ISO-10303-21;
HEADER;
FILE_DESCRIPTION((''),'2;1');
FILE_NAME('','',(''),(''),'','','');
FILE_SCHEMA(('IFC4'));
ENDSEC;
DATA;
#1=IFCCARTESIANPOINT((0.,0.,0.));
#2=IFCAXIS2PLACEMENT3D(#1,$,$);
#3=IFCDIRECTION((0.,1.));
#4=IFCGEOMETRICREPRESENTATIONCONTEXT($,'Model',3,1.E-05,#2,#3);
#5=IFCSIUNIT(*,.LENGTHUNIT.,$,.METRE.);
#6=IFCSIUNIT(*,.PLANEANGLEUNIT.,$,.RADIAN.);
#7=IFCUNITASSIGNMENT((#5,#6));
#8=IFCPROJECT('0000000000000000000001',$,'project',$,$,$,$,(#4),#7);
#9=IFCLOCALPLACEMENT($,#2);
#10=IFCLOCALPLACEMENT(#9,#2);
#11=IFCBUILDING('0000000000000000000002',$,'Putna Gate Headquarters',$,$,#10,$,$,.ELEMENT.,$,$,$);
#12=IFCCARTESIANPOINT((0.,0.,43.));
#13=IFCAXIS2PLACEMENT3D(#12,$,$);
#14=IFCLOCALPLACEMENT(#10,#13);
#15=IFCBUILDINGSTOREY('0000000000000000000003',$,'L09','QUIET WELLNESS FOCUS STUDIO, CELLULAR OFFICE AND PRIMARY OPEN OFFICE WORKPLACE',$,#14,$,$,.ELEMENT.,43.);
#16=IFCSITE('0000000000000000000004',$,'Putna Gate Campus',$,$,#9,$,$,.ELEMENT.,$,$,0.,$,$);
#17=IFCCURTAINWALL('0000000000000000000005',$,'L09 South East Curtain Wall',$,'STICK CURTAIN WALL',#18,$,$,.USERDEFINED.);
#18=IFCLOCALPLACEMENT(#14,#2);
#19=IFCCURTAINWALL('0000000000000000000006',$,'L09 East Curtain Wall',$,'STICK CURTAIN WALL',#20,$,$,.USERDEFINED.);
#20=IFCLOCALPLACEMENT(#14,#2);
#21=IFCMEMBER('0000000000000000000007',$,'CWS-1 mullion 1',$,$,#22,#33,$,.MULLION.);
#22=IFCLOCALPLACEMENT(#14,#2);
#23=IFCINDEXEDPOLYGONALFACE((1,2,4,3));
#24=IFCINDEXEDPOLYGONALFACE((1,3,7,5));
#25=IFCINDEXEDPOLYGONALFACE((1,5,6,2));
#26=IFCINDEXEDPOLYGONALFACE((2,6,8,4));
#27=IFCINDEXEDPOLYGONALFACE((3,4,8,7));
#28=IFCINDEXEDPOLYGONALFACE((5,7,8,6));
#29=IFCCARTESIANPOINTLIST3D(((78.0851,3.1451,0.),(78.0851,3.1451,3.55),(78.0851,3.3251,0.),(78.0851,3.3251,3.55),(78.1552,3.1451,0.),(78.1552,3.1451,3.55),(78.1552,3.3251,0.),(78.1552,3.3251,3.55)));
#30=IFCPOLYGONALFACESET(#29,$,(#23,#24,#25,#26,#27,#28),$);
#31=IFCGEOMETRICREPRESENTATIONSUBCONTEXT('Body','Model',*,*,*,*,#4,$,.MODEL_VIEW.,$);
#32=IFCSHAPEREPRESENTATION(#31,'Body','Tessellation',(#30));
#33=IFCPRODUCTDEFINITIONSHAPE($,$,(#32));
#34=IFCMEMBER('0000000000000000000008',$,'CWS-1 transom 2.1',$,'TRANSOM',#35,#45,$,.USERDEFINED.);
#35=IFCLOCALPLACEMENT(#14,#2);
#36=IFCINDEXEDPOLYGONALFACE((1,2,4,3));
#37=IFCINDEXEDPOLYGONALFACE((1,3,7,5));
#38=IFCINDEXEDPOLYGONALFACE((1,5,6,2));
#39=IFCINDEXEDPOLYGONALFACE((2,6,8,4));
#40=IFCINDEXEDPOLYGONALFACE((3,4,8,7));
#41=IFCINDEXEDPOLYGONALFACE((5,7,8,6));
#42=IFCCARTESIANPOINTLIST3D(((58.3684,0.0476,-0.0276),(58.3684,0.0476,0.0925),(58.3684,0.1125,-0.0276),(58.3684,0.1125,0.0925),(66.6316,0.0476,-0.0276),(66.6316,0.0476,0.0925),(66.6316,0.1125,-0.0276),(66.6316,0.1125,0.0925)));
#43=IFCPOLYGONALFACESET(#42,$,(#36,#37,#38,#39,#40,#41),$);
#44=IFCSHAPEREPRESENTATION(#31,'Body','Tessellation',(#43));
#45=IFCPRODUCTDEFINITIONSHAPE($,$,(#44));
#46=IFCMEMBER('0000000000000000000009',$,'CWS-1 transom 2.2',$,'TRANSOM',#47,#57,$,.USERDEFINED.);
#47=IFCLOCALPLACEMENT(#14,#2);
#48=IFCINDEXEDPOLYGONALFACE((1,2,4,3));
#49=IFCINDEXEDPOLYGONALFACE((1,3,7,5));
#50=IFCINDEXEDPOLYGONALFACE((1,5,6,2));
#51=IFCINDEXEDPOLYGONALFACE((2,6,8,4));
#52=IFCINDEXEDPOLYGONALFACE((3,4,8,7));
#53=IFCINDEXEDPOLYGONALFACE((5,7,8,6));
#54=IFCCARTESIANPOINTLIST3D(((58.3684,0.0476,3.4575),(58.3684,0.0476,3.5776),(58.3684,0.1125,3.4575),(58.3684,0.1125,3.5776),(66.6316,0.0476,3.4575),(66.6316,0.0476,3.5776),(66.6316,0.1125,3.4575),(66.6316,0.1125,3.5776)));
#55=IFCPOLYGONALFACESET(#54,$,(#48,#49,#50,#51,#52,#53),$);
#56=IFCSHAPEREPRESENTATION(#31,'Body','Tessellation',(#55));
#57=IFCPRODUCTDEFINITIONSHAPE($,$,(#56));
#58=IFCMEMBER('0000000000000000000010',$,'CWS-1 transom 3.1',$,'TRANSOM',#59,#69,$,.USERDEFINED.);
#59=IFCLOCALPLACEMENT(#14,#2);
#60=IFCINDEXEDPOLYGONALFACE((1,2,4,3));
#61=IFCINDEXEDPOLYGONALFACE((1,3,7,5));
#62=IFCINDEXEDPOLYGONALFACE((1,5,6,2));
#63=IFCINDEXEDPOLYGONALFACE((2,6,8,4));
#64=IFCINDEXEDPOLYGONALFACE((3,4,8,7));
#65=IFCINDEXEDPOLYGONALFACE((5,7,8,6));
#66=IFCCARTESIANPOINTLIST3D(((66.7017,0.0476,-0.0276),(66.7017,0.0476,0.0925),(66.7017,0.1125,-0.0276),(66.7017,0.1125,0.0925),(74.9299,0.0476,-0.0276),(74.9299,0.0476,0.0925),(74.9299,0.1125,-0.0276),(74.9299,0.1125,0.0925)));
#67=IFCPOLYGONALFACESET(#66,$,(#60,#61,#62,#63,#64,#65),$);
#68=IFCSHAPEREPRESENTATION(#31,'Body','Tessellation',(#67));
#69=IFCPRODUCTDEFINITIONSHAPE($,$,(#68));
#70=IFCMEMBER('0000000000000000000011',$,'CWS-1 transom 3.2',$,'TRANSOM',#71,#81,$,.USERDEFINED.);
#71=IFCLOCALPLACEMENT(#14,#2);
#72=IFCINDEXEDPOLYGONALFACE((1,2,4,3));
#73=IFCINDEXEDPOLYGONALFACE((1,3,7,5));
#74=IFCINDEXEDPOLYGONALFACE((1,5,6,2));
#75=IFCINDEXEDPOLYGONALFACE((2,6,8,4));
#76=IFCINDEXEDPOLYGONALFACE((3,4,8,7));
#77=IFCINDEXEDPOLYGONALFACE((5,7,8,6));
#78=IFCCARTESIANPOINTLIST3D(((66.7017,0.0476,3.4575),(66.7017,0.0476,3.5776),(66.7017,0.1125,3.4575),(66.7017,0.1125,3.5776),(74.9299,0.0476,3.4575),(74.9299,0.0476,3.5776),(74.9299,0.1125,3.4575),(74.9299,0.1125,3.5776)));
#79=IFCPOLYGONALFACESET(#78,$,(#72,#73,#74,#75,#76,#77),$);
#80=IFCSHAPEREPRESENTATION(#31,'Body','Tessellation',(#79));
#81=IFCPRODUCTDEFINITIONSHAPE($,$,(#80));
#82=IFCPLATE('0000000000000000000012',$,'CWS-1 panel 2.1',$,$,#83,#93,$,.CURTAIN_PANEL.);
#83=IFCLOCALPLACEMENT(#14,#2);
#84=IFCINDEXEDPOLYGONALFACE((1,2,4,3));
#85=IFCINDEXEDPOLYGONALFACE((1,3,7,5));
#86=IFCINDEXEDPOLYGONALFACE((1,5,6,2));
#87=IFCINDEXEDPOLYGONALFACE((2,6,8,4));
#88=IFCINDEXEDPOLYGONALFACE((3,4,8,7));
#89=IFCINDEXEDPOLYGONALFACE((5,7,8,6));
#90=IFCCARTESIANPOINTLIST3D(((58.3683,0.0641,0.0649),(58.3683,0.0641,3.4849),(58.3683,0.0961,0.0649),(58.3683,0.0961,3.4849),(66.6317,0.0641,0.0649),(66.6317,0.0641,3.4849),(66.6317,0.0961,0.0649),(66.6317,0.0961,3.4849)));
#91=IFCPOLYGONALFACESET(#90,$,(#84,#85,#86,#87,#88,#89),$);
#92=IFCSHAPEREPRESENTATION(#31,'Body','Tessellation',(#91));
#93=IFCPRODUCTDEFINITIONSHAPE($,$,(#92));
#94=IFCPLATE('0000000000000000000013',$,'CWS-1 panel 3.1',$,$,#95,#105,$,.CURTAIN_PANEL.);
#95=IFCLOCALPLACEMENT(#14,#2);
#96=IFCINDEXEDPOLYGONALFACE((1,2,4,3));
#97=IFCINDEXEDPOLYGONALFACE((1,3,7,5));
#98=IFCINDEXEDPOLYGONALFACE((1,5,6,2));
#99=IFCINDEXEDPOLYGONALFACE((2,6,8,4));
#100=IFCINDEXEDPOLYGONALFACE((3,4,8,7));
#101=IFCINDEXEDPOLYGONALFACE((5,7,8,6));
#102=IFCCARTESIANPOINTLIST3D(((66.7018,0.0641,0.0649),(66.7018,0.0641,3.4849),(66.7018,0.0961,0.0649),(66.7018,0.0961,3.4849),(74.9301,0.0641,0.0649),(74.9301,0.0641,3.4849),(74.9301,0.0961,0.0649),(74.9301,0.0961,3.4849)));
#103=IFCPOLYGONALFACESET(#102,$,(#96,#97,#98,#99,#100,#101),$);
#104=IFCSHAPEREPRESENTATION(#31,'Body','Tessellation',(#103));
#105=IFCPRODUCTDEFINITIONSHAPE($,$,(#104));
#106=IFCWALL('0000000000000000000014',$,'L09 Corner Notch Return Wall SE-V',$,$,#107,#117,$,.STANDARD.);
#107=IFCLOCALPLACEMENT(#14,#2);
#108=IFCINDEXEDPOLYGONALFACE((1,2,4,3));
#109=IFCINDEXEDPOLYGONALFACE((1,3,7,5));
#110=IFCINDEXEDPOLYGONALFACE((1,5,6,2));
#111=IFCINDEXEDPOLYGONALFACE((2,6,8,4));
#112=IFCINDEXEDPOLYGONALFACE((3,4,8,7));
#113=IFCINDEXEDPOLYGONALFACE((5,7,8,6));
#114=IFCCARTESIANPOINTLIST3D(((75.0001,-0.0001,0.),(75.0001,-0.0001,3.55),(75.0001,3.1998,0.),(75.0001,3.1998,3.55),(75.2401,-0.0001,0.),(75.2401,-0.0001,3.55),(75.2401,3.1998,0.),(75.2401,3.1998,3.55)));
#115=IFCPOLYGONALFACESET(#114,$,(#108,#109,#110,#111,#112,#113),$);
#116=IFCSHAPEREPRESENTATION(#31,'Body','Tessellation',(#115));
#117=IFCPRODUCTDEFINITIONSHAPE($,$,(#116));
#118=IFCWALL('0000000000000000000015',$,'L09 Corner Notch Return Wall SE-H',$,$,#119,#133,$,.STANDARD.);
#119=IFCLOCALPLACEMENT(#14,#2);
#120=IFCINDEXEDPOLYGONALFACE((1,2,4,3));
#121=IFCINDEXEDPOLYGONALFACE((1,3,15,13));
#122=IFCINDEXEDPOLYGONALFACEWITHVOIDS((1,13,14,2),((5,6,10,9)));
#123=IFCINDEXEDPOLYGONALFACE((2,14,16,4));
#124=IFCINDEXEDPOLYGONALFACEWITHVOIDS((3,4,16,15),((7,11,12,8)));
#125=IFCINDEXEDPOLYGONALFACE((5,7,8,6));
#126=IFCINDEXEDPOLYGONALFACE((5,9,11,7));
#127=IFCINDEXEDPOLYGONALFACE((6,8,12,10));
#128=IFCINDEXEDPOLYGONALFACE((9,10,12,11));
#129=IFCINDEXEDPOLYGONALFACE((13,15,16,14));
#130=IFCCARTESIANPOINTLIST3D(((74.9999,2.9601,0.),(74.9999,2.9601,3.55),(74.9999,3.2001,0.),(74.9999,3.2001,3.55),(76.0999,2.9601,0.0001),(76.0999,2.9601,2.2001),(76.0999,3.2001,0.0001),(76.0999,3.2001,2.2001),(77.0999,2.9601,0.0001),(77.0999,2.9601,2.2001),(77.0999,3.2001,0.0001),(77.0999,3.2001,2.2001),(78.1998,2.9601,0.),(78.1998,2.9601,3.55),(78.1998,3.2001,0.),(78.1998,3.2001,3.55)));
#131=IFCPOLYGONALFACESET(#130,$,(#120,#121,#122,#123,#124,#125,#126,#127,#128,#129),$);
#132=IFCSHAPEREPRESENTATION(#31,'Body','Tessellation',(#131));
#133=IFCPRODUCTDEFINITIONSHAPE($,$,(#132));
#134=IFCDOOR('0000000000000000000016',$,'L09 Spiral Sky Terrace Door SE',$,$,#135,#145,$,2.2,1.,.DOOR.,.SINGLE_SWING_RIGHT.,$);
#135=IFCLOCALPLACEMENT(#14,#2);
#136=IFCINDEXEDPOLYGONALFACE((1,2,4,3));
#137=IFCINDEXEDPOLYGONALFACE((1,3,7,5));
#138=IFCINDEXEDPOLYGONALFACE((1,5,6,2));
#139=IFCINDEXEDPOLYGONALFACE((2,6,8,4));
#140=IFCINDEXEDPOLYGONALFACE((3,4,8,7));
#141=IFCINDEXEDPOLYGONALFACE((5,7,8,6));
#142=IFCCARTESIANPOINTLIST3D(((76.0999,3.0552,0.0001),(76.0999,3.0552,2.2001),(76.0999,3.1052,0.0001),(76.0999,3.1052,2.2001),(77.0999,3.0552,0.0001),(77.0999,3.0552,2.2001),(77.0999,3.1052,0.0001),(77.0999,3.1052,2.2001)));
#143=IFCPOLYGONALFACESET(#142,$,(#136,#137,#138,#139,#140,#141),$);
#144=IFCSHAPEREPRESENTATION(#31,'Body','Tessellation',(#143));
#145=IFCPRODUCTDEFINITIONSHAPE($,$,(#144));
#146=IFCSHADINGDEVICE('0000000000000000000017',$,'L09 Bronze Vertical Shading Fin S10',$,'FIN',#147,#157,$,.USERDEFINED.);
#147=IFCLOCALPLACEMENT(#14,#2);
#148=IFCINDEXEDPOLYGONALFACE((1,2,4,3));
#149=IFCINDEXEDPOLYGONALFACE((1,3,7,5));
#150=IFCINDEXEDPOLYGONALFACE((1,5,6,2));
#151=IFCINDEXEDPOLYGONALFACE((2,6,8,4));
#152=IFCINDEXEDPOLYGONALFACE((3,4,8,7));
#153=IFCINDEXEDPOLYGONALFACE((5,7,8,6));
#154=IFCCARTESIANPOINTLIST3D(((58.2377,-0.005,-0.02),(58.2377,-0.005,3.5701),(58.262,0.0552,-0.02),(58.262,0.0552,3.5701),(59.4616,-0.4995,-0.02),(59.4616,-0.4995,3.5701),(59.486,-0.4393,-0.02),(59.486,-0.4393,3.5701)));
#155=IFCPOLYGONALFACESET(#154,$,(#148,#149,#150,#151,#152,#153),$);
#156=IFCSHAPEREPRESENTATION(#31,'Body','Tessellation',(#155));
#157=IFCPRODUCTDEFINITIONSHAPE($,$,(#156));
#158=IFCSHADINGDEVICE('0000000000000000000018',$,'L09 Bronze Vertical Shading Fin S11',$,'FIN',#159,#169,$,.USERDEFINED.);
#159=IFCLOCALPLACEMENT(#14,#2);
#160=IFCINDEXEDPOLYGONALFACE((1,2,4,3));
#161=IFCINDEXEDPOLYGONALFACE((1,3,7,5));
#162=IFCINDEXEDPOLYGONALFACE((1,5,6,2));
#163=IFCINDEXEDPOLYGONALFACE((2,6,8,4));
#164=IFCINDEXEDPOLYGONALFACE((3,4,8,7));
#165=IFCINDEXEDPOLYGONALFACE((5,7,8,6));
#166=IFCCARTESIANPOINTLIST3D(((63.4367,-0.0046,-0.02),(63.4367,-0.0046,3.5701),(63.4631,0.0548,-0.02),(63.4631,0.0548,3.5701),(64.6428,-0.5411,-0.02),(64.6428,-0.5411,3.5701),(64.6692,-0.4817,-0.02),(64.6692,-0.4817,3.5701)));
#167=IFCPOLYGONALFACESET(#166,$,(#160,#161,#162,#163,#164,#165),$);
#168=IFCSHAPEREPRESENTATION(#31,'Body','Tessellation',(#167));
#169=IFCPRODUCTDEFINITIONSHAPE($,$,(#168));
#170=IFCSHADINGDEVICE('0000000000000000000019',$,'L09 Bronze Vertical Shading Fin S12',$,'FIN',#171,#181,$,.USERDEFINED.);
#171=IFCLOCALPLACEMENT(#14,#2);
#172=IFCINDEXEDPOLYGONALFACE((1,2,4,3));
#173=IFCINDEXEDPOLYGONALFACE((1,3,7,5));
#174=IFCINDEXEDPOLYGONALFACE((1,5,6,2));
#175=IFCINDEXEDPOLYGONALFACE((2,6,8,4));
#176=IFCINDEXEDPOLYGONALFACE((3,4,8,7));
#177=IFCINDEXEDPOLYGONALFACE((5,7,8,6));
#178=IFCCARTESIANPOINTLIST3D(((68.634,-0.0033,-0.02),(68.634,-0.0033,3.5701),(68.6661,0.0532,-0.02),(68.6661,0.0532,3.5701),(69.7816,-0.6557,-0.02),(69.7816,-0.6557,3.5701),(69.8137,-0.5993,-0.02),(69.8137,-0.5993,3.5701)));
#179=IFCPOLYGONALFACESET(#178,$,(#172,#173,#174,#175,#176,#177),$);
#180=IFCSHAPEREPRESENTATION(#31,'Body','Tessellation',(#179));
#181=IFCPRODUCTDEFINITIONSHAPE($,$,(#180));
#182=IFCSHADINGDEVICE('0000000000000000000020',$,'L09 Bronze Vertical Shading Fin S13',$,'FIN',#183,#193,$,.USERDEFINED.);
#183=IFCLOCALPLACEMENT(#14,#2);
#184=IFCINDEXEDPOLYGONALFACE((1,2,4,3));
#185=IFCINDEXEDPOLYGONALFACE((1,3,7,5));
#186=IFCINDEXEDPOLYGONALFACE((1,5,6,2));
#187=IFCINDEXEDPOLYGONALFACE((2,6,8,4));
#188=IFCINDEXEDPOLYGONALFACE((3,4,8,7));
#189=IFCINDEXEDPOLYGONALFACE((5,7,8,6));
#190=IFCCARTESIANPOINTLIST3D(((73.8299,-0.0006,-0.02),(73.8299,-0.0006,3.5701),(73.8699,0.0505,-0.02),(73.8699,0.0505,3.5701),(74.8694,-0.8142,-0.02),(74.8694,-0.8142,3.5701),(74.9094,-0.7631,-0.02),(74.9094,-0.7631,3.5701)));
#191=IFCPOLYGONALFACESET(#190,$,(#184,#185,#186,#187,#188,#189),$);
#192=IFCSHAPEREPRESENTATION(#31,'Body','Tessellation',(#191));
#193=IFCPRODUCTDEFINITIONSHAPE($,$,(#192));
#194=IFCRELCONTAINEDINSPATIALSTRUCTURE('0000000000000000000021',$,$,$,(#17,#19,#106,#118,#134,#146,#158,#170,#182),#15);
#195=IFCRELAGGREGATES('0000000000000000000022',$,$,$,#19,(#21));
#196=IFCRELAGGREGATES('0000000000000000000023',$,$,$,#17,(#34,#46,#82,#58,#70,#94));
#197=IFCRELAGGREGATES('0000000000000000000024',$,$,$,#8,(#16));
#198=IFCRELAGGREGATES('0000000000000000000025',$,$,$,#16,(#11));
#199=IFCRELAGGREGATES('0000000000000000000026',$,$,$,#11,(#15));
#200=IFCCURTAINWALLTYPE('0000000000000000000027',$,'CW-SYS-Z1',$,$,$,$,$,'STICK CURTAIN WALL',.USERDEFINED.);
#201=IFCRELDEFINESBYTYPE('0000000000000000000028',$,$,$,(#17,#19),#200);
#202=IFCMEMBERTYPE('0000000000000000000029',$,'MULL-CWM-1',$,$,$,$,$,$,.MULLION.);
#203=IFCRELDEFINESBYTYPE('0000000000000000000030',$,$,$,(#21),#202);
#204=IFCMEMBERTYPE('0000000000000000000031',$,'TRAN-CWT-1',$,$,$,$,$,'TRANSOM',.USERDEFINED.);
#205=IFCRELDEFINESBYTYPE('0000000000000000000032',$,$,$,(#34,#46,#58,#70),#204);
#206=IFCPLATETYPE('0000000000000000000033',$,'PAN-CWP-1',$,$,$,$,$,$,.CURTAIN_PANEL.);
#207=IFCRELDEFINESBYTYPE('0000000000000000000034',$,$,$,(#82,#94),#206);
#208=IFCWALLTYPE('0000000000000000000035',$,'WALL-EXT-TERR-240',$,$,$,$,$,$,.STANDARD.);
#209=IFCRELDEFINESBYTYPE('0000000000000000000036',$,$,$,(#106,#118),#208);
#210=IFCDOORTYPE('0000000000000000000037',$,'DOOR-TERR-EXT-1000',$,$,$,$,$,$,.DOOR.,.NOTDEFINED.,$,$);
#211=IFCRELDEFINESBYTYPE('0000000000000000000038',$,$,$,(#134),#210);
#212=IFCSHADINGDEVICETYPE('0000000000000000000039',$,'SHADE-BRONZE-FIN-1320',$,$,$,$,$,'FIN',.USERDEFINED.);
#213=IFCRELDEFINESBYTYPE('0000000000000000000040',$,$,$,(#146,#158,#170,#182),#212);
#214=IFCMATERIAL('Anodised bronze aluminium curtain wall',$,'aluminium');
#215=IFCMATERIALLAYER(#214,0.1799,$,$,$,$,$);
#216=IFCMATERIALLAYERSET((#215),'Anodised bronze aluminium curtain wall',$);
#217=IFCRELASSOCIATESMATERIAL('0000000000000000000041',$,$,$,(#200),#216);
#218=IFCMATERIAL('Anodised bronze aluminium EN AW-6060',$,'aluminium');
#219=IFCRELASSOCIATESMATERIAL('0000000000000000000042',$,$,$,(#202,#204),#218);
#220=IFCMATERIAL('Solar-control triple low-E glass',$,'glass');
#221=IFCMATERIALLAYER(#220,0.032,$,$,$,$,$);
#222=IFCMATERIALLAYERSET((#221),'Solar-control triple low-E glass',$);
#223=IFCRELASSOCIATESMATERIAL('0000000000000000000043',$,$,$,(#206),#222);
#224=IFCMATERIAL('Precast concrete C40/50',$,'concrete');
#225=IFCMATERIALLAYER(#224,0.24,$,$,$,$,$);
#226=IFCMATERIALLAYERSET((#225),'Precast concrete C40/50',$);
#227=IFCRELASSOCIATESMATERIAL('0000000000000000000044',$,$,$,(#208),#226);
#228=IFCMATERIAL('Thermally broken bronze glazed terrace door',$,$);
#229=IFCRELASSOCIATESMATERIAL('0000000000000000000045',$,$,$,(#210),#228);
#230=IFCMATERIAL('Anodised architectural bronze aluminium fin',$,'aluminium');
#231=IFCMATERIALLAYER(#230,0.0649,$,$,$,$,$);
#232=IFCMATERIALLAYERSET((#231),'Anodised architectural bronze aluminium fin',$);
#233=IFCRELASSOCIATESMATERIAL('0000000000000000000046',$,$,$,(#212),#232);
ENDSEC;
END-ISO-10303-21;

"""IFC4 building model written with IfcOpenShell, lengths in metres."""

from ifc_helpers import new_model, si_unit, direction, frame, frame_2d, origin, origin_2d, place, context, subcontext, project, spatial, rectangle, extrude, material, layer, layer_set, material_profile, profile_set, type_object, element, fill, aggregate, save


model = new_model("IFC4")

# Units and contexts
model_context = context("Model", 3, precision=1e-05, world=origin(), true_north=direction((0.0, 1.0)))
body_context = subcontext(model_context, "Body", "Model", "MODEL_VIEW")
ifc_project = project(units=[si_unit("LENGTHUNIT", "METRE"), si_unit("PLANEANGLEUNIT", "RADIAN")], contexts=[model_context])

# Site, building, storey
site_placement = place(None, origin())
site = spatial("IfcSite", under=ifc_project, at=site_placement, Name="Putna Gate Campus", CompositionType="ELEMENT", RefElevation=0.0)
building_placement = place(site_placement, origin())
building = spatial("IfcBuilding", under=site, at=building_placement, Name="Putna Gate Headquarters", CompositionType="ELEMENT")
storey_placement = place(building_placement, frame((0.0, 0.0, 43.0)))
storey = spatial("IfcBuildingStorey", under=building, at=storey_placement, Name="L09", Description="QUIET WELLNESS FOCUS STUDIO, CELLULAR OFFICE AND PRIMARY OPEN OFFICE WORKPLACE", CompositionType="ELEMENT", Elevation=43.0)

# Curtain wall
ifc_material_1 = material(Name="Anodised bronze aluminium curtain wall", Category="aluminium")
ifc_layer_1 = layer(ifc_material_1, 0.1799)
ifc_layer_set_1 = layer_set([ifc_layer_1], Name="Anodised bronze aluminium curtain wall")
curtain_wall_type = type_object("IfcCurtainWallType", Name="CW-SYS-Z1", ElementType="STICK CURTAIN WALL", PredefinedType="USERDEFINED", material=ifc_layer_set_1)
curtain_wall_1_placement = place(storey_placement, origin())
curtain_wall_1 = element("IfcCurtainWall", 1, at=curtain_wall_1_placement, inside=storey, type_object=curtain_wall_type, Name="L09 South East Curtain Wall", ObjectType="STICK CURTAIN WALL", PredefinedType="USERDEFINED")
ifc_material_2 = material(Name="Anodised bronze aluminium EN AW-6060", Category="aluminium")
ifc_material_profile_1 = material_profile(ifc_material_2, rectangle(XDim=0.0701, YDim=0.1799, at=origin_2d()), Name="Anodised bronze aluminium EN AW-6060")
ifc_profile_set_1 = profile_set([ifc_material_profile_1], Name="Anodised bronze aluminium EN AW-6060")
member_type_1 = type_object("IfcMemberType", Name="MULL-CWM-1", PredefinedType="MULLION", material=ifc_profile_set_1)

# Curtain wall, member
curtain_wall_2_placement = place(storey_placement, origin())
curtain_wall_2 = element("IfcCurtainWall", 2, at=curtain_wall_2_placement, inside=storey, type_object=curtain_wall_type, Name="L09 East Curtain Wall", ObjectType="STICK CURTAIN WALL", PredefinedType="USERDEFINED")
member_1_placement = place(storey_placement, frame((78.1201, 3.2351, 0.0), z_axis=(0.0, 0.0, 1.0), x_axis=(-1.0, 0.0, 0.0)))
member_1 = element("IfcMember", 3, at=member_1_placement, type_object=member_type_1, Name="CWS-1 mullion 1", PredefinedType="MULLION", context=body_context, shape_type="SweptSolid", body=[
    extrude(rectangle(XDim=0.0701, YDim=0.1799, at=origin_2d()), origin(), (0.0, 0.0, 1.0), 3.55),
])
aggregate(curtain_wall_2, [member_1])

# Members
ifc_material_profile_2 = material_profile(ifc_material_2, rectangle(XDim=0.0649, YDim=0.1201, at=origin_2d()), Name="Anodised bronze aluminium EN AW-6060")
ifc_profile_set_2 = profile_set([ifc_material_profile_2], Name="Anodised bronze aluminium EN AW-6060")
member_type_2 = type_object("IfcMemberType", Name="TRAN-CWT-1", ElementType="TRANSOM", PredefinedType="USERDEFINED", material=ifc_profile_set_2)
member_2_placement = place(storey_placement, frame((58.3684, 0.0801, 0.0325), z_axis=(1.0, 0.0, 0.0), x_axis=(0.0, 1.0, 0.0)))
member_2 = element("IfcMember", 4, at=member_2_placement, type_object=member_type_2, Name="CWS-1 transom 2.1", ObjectType="TRANSOM", PredefinedType="USERDEFINED", context=body_context, shape_type="SweptSolid", body=[
    extrude(rectangle(XDim=0.0649, YDim=0.1201, at=origin_2d()), origin(), (0.0, 0.0, 1.0), 8.2632),
])
member_3_placement = place(storey_placement, frame((58.3684, 0.0801, 3.5176), z_axis=(1.0, 0.0, 0.0), x_axis=(0.0, 1.0, 0.0)))
member_3 = element("IfcMember", 5, at=member_3_placement, type_object=member_type_2, Name="CWS-1 transom 2.2", ObjectType="TRANSOM", PredefinedType="USERDEFINED", context=body_context, shape_type="SweptSolid", body=[
    extrude(rectangle(XDim=0.0649, YDim=0.1201, at=origin_2d()), origin(), (0.0, 0.0, 1.0), 8.2632),
])
member_4_placement = place(storey_placement, frame((66.7017, 0.0801, 0.0325), z_axis=(1.0, 0.0, 0.0), x_axis=(0.0, 1.0, 0.0)))
member_4 = element("IfcMember", 6, at=member_4_placement, type_object=member_type_2, Name="CWS-1 transom 3.1", ObjectType="TRANSOM", PredefinedType="USERDEFINED", context=body_context, shape_type="SweptSolid", body=[
    extrude(rectangle(XDim=0.0649, YDim=0.1201, at=origin_2d()), origin(), (0.0, 0.0, 1.0), 8.2283),
])
member_5_placement = place(storey_placement, frame((66.7017, 0.0801, 3.5176), z_axis=(1.0, 0.0, 0.0), x_axis=(0.0, 1.0, 0.0)))
member_5 = element("IfcMember", 7, at=member_5_placement, type_object=member_type_2, Name="CWS-1 transom 3.2", ObjectType="TRANSOM", PredefinedType="USERDEFINED", context=body_context, shape_type="SweptSolid", body=[
    extrude(rectangle(XDim=0.0649, YDim=0.1201, at=origin_2d()), origin(), (0.0, 0.0, 1.0), 8.2283),
])

# Plates
ifc_material_3 = material(Name="Solar-control triple low-E glass", Category="glass")
ifc_layer_2 = layer(ifc_material_3, 0.032)
ifc_layer_set_2 = layer_set([ifc_layer_2], Name="Solar-control triple low-E glass")
plate_type = type_object("IfcPlateType", Name="PAN-CWP-1", PredefinedType="CURTAIN_PANEL", material=ifc_layer_set_2)
plate_1_placement = place(storey_placement, frame((62.5, 0.0801, 0.0649), z_axis=(0.0, 0.0, 1.0), x_axis=(1.0, 0.0, 0.0)))
plate_1 = element("IfcPlate", 8, at=plate_1_placement, type_object=plate_type, Name="CWS-1 panel 2.1", PredefinedType="CURTAIN_PANEL", context=body_context, shape_type="SweptSolid", body=[
    extrude(rectangle(XDim=8.2634, YDim=0.032, at=origin_2d()), origin(), (0.0, 0.0, 1.0), 3.4199),
])
plate_2_placement = place(storey_placement, frame((70.8159, 0.0801, 0.0649), z_axis=(0.0, 0.0, 1.0), x_axis=(1.0, 0.0, 0.0)))
plate_2 = element("IfcPlate", 9, at=plate_2_placement, type_object=plate_type, Name="CWS-1 panel 3.1", PredefinedType="CURTAIN_PANEL", context=body_context, shape_type="SweptSolid", body=[
    extrude(rectangle(XDim=8.2283, YDim=0.032, at=origin_2d()), origin(), (0.0, 0.0, 1.0), 3.4199),
])
aggregate(curtain_wall_1, [member_2, member_3, plate_1, member_4, member_5, plate_2])

# Wall
ifc_material_4 = material(Name="Precast concrete C40/50", Category="concrete")
ifc_layer_3 = layer(ifc_material_4, 0.24)
ifc_layer_set_3 = layer_set([ifc_layer_3], Name="Precast concrete C40/50")
wall_type = type_object("IfcWallType", Name="WALL-EXT-TERR-240", PredefinedType="STANDARD", material=ifc_layer_set_3)
wall_1_placement = place(storey_placement, frame((75.1201, 3.2, 0.0), z_axis=(0.0, 0.0, 1.0), x_axis=(0.0, -1.0, 0.0)))
element("IfcWall", 10, at=wall_1_placement, inside=storey, type_object=wall_type, Name="L09 Corner Notch Return Wall SE-V", PredefinedType="STANDARD", context=body_context, shape_type="SweptSolid", body=[
    extrude(rectangle(XDim=3.2, YDim=0.24, at=frame_2d((1.6001, 0.0))), origin(), (0.0, 0.0, 1.0), 3.55),
])

# Wall, opening, door
wall_2_placement = place(storey_placement, frame((78.2, 3.0801, 0.0), z_axis=(0.0, 0.0, 1.0), x_axis=(-1.0, 0.0, 0.0)))
wall_2 = element("IfcWall", 11, at=wall_2_placement, inside=storey, type_object=wall_type, Name="L09 Corner Notch Return Wall SE-H", PredefinedType="STANDARD", context=body_context, shape_type="SweptSolid", body=[
    extrude(rectangle(XDim=3.2, YDim=0.24, at=frame_2d((1.6001, 0.0))), origin(), (0.0, 0.0, 1.0), 3.55),
])
opening_placement = place(wall_2_placement, frame((1.1001, 0.0, 0.0)))
opening = element("IfcOpeningElement", 12, at=opening_placement, cuts=wall_2, PredefinedType="OPENING", context=body_context, shape_type="SweptSolid", body=[
    extrude(rectangle(XDim=1.0, YDim=2.2, at=frame_2d((0.5, 1.1001))), frame((0.0, 0.1299, 0.0), z_axis=(0.0, -1.0, 0.0), x_axis=(1.0, 0.0, 0.0)), (0.0, 0.0, 1.0), 0.26),
])
ifc_material_5 = material(Name="Thermally broken bronze glazed terrace door")
door_type = type_object("IfcDoorType", Name="DOOR-TERR-EXT-1000", OperationType="NOTDEFINED", PredefinedType="DOOR", material=ifc_material_5)
door_placement = place(opening_placement, origin())
door = element("IfcDoor", 13, at=door_placement, inside=storey, type_object=door_type, Name="L09 Spiral Sky Terrace Door SE", OperationType="SINGLE_SWING_RIGHT", OverallHeight=2.2, OverallWidth=1.0, PredefinedType="DOOR", context=body_context, shape_type="SweptSolid", body=[
    extrude(rectangle(XDim=1.0, YDim=2.2, at=frame_2d((0.5, 1.1001))), frame((0.0, 0.0249, 0.0), z_axis=(0.0, -1.0, 0.0), x_axis=(1.0, 0.0, 0.0)), (0.0, 0.0, 1.0), 0.05),
])
fill(opening, door)

# Shading devices
ifc_material_6 = material(Name="Anodised architectural bronze aluminium fin", Category="aluminium")
ifc_layer_4 = layer(ifc_material_6, 0.0649)
ifc_layer_set_4 = layer_set([ifc_layer_4], Name="Anodised architectural bronze aluminium fin")
shading_device_type = type_object("IfcShadingDeviceType", Name="SHADE-BRONZE-FIN-1320", ElementType="FIN", PredefinedType="USERDEFINED", material=ifc_layer_set_4)
for number, where, z_axis, x_axis, name in (
    (14, (58.8618, -0.2222, -0.02), (0.0, 0.0, 1.0), (0.927184, -0.374607, 0.0), "L09 Bronze Vertical Shading Fin S10"),
    (15, (64.053, -0.2432, -0.02), (0.0, 0.0, 1.0), (0.913687, -0.406418, 0.0), "L09 Bronze Vertical Shading Fin S11"),
    (16, (69.2239, -0.3013, -0.02), (0.0, 0.0, 1.0), (0.869322, -0.494245, 0.0), "L09 Bronze Vertical Shading Fin S12"),
    (17, (74.3696, -0.3818, -0.02), (0.0, 0.0, 1.0), (0.787473, -0.616349, 0.0), "L09 Bronze Vertical Shading Fin S13"),
):
    element("IfcShadingDevice", number, at=place(storey_placement, frame(where, z_axis=z_axis, x_axis=x_axis)), inside=storey, type_object=shading_device_type, Name=name, ObjectType="FIN", PredefinedType="USERDEFINED", context=body_context, shape_type="SweptSolid", body=[
        extrude(rectangle(XDim=1.3201, YDim=0.0649, at=origin_2d()), origin(), (0.0, 0.0, 1.0), 3.5901),
    ])

save(model, "model.ifc")
